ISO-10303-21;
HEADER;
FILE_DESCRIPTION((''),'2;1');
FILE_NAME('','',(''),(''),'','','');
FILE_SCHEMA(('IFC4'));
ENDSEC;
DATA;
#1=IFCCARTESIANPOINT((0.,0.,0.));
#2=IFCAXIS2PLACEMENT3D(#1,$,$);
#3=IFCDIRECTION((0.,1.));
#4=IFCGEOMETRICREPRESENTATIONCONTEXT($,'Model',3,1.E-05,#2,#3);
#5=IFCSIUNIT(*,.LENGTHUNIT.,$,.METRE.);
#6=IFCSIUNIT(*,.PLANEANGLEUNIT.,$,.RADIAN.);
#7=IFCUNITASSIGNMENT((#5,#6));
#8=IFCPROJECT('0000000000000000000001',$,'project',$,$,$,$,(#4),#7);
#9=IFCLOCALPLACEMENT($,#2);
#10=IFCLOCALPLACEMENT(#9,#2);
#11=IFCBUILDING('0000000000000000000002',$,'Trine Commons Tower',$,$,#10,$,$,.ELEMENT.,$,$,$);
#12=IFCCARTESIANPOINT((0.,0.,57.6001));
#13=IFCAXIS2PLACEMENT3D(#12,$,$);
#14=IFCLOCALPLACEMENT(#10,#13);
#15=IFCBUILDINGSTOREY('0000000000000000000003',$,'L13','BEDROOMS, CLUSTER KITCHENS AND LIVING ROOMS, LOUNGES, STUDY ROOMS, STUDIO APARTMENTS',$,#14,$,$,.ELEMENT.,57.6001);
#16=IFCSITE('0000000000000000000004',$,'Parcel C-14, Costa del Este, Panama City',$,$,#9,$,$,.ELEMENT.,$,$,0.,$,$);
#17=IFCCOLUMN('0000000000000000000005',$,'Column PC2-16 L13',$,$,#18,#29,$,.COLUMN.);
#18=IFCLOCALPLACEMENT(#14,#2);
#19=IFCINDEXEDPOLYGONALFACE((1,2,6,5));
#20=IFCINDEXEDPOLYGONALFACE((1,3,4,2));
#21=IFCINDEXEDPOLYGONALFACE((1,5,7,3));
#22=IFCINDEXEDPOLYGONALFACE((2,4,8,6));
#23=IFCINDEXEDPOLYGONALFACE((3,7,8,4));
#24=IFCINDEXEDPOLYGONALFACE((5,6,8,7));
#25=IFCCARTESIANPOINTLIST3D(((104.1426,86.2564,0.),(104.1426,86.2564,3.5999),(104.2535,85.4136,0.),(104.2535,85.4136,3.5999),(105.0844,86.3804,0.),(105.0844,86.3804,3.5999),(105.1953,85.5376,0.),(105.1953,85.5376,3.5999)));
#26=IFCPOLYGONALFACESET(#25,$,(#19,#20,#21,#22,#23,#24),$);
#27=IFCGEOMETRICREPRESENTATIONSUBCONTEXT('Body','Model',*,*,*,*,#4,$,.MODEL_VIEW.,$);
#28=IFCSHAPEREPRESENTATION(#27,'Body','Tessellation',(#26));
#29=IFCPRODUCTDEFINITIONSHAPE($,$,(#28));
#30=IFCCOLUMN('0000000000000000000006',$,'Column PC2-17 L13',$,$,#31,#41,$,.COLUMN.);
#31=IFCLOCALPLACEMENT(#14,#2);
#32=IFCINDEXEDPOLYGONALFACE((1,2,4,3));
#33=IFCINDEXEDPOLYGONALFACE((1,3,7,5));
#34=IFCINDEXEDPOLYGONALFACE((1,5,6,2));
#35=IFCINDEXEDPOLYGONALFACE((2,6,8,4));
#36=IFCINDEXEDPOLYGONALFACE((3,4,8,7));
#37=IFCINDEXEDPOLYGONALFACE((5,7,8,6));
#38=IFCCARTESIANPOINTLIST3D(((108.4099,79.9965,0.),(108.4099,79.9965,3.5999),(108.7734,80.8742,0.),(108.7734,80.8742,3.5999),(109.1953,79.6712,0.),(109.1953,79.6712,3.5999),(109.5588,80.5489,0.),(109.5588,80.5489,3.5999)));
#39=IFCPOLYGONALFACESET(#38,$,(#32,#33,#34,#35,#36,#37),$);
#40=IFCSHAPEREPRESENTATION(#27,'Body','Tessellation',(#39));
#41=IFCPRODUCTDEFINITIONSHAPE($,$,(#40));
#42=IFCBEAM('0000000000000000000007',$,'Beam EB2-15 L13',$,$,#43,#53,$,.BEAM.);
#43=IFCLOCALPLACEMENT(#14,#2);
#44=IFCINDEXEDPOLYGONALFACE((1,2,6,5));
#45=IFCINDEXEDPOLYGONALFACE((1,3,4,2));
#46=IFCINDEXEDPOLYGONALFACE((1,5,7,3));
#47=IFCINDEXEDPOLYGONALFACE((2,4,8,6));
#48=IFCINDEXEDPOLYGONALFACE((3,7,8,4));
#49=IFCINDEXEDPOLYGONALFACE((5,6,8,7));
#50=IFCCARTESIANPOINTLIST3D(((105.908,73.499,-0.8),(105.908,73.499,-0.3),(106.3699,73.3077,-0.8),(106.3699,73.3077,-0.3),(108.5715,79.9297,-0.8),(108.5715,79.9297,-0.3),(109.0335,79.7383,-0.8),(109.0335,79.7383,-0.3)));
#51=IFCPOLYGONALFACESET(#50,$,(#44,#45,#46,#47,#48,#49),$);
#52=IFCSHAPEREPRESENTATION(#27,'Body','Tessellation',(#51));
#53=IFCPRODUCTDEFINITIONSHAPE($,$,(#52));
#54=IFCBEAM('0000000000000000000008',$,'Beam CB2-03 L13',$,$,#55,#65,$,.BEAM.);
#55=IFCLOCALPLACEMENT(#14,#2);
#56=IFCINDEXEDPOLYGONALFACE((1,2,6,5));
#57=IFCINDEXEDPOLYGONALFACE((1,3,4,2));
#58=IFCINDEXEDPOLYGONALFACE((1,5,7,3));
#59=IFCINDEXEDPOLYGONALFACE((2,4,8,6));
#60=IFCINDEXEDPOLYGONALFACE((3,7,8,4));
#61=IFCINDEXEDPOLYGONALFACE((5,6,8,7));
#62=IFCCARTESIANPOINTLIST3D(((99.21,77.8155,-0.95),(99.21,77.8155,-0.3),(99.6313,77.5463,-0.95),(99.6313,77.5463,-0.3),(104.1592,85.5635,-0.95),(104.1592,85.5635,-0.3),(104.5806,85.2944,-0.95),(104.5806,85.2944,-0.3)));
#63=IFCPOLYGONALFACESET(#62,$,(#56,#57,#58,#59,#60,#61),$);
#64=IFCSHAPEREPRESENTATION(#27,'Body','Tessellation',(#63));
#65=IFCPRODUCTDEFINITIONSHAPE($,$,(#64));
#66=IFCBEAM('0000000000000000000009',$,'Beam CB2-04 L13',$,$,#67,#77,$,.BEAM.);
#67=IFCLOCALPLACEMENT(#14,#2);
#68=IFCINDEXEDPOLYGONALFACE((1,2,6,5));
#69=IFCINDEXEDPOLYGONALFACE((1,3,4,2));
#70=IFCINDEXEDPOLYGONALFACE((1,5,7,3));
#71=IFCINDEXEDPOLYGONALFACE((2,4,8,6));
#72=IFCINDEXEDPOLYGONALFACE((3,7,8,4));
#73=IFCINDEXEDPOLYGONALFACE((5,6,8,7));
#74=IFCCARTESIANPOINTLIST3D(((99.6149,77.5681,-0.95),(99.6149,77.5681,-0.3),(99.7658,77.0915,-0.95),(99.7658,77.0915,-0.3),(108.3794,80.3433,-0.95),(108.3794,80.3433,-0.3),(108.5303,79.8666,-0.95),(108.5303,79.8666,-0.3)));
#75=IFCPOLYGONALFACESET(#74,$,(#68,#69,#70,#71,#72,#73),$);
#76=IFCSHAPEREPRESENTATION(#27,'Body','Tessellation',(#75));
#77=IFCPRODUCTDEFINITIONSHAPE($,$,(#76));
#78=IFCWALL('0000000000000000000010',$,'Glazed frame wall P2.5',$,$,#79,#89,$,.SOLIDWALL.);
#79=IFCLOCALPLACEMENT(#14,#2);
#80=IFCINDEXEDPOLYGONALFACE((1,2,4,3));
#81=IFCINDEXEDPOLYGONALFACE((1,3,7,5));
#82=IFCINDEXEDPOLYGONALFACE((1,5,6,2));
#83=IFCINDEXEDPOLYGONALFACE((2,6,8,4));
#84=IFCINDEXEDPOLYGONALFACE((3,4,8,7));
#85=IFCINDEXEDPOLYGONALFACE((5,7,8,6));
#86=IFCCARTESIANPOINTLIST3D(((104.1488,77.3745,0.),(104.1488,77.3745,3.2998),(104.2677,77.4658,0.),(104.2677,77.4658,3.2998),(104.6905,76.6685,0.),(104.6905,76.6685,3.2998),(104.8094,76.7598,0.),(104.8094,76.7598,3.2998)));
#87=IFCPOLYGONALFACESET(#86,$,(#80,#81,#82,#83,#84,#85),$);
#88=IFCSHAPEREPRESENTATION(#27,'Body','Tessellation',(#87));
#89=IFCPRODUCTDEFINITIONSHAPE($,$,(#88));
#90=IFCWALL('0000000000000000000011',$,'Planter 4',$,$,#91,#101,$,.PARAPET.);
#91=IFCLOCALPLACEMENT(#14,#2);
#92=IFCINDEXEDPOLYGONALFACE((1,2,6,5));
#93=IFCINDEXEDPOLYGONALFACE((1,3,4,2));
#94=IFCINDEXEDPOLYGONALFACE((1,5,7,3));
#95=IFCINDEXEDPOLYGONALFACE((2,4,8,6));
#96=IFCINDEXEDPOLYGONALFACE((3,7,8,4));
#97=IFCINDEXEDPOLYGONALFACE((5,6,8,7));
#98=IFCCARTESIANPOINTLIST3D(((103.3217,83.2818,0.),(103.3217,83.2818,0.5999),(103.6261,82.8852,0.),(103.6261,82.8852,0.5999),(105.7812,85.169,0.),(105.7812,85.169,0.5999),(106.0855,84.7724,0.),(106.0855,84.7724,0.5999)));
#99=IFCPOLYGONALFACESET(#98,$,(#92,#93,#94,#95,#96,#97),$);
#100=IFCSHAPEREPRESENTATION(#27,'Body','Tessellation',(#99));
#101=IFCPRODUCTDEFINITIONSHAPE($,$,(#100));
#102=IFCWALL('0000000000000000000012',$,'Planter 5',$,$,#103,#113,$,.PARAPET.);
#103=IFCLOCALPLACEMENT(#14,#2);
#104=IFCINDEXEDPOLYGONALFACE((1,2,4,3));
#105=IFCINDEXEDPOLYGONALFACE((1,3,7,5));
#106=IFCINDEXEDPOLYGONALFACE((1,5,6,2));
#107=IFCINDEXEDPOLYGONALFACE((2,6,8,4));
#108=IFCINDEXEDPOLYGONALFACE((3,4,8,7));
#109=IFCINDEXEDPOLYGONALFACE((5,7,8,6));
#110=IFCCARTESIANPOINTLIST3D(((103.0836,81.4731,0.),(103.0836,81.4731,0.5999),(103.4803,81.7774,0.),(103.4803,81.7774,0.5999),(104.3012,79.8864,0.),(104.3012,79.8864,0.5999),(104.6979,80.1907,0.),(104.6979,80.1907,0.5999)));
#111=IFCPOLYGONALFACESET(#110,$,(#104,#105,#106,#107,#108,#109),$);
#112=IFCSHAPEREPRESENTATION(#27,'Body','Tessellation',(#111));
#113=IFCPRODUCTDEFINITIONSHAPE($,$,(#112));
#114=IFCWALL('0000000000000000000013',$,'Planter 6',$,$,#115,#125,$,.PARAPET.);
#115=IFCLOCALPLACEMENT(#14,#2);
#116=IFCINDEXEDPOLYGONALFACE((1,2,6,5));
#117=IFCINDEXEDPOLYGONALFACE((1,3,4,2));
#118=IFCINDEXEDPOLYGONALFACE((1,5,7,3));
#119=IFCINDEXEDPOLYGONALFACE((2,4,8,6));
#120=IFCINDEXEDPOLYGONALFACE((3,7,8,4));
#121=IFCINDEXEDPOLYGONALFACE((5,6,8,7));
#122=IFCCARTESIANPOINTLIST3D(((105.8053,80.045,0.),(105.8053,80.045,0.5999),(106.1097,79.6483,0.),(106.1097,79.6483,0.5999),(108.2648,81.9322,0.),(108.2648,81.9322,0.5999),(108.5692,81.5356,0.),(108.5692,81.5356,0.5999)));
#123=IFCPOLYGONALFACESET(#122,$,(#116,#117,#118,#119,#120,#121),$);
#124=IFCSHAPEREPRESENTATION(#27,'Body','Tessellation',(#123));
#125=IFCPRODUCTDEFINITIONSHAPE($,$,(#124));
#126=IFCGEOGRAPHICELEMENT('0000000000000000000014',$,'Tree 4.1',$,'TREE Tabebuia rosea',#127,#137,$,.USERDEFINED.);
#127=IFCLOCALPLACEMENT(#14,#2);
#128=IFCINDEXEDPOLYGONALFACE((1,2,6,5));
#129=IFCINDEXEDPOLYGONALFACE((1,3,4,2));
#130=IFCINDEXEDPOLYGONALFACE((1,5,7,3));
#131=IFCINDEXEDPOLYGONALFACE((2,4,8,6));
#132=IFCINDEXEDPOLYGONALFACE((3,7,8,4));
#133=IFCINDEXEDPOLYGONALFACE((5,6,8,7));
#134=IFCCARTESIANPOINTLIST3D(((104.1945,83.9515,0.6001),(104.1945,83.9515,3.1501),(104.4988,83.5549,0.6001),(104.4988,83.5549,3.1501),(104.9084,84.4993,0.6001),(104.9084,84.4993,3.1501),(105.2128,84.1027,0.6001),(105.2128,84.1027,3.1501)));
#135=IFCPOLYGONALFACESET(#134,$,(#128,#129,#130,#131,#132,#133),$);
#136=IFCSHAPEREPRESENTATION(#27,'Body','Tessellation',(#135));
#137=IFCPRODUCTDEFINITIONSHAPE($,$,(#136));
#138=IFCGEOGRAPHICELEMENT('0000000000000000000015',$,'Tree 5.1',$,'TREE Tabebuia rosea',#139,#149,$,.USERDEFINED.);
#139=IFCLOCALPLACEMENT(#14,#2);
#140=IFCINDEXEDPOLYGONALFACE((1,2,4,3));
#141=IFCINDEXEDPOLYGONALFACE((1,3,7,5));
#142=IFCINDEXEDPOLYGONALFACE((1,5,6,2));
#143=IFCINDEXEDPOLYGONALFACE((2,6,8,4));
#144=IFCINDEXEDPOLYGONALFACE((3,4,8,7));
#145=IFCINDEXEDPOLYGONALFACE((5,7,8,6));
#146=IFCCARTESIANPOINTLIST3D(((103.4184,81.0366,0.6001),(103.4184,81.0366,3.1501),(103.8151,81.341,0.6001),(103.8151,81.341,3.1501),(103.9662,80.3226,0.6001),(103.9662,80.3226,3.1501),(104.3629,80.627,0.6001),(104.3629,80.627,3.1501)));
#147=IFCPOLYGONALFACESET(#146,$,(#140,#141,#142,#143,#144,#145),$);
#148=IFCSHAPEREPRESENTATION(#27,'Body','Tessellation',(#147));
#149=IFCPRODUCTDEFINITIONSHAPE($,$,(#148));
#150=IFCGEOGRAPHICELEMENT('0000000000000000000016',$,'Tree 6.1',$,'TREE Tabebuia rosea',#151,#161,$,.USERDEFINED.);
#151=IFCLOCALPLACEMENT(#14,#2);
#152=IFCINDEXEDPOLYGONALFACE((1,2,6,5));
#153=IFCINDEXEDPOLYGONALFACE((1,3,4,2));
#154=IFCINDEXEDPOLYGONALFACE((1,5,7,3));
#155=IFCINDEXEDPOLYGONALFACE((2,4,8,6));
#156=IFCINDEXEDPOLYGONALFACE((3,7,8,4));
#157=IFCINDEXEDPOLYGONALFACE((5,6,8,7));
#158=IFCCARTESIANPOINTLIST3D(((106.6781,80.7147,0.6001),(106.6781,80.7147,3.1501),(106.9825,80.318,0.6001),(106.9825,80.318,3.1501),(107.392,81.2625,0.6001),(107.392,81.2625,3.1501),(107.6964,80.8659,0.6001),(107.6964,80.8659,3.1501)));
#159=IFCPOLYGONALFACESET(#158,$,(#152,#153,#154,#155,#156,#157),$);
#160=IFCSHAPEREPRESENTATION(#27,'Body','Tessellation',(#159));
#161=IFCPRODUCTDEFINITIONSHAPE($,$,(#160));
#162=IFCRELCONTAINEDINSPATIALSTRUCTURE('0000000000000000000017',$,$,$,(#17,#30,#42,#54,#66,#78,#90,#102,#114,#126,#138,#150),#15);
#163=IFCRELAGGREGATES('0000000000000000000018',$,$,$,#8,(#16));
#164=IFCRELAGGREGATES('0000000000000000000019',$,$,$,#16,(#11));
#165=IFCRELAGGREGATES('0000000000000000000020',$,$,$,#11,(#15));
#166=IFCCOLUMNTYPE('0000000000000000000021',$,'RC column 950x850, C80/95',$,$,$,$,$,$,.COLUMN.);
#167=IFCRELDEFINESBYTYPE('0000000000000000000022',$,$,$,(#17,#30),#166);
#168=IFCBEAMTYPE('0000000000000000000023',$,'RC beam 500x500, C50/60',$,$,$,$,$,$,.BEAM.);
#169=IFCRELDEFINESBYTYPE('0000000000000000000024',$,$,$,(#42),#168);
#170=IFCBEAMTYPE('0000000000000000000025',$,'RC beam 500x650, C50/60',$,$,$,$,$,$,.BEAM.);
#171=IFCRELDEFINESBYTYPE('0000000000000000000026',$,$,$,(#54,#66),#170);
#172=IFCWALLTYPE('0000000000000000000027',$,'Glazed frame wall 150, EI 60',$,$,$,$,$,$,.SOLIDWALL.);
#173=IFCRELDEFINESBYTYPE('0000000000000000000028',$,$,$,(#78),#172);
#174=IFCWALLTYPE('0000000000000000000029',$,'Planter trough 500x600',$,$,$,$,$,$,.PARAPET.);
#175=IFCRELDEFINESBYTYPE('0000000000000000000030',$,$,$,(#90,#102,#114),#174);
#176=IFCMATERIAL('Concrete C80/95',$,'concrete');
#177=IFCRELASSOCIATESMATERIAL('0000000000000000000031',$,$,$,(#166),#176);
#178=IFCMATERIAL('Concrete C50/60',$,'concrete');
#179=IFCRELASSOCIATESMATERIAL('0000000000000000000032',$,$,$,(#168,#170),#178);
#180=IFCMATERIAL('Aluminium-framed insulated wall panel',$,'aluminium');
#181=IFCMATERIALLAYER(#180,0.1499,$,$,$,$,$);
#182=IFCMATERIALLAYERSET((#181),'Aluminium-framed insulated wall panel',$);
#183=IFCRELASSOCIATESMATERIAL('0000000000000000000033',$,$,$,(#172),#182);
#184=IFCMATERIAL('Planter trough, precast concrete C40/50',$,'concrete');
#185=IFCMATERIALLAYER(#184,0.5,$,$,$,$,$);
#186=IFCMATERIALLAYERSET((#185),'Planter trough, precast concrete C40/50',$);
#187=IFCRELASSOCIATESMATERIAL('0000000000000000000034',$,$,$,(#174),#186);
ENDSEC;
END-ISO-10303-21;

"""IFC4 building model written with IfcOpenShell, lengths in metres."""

from ifc_helpers import new_model, si_unit, direction, frame, frame_2d, origin, origin_2d, place, context, subcontext, project, spatial, polyline, rectangle, outline, extrude, material, layer, layer_set, material_profile, profile_set, type_object, element, save


model = new_model("IFC4")

# Units and contexts
model_context = context("Model", 3, precision=1e-05, world=origin(), true_north=direction((0.0, 1.0)))
body_context = subcontext(model_context, "Body", "Model", "MODEL_VIEW")
ifc_project = project(units=[si_unit("LENGTHUNIT", "METRE"), si_unit("PLANEANGLEUNIT", "RADIAN")], contexts=[model_context])

# Site, building, storey
site_placement = place(None, origin())
site = spatial("IfcSite", under=ifc_project, at=site_placement, Name="Parcel C-14, Costa del Este, Panama City", CompositionType="ELEMENT", RefElevation=0.0)
building_placement = place(site_placement, origin())
building = spatial("IfcBuilding", under=site, at=building_placement, Name="Trine Commons Tower", CompositionType="ELEMENT")
storey_placement = place(building_placement, frame((0.0, 0.0, 57.6001)))
storey = spatial("IfcBuildingStorey", under=building, at=storey_placement, Name="L13", Description="BEDROOMS, CLUSTER KITCHENS AND LIVING ROOMS, LOUNGES, STUDY ROOMS, STUDIO APARTMENTS", CompositionType="ELEMENT", Elevation=57.6001)

# Columns
ifc_material_1 = material(Name="Concrete C80/95", Category="concrete")
ifc_material_profile_1 = material_profile(ifc_material_1, rectangle(XDim=0.95, YDim=0.8501, at=origin_2d()), Name="RC 950x850")
ifc_profile_set_1 = profile_set([ifc_material_profile_1], Name="Concrete C80/95")
column_type = type_object("IfcColumnType", Name="RC column 950x850, C80/95", PredefinedType="COLUMN", material=ifc_profile_set_1)
for number, where, z_axis, x_axis, name in (
    (1, (104.6689, 85.897, 0.0), (0.0, 0.0, 1.0), (0.991445, 0.130526, 0.0), "Column PC2-16 L13"),
    (2, (108.9844, 80.2727, 0.0), (0.0, 0.0, 1.0), (0.382683, 0.92388, 0.0), "Column PC2-17 L13"),
):
    element("IfcColumn", number, at=place(storey_placement, frame(where, z_axis=z_axis, x_axis=x_axis)), inside=storey, type_object=column_type, Name=name, PredefinedType="COLUMN", context=body_context, shape_type="SweptSolid", body=[
        extrude(rectangle(XDim=0.95, YDim=0.8501, at=origin_2d()), origin(), (0.0, 0.0, 1.0), 3.5999),
    ])

# Beams
ifc_material_2 = material(Name="Concrete C50/60", Category="concrete")
ifc_material_profile_2 = material_profile(ifc_material_2, rectangle(XDim=0.5, YDim=0.5, at=origin_2d()), Name="RC 500x500")
ifc_profile_set_2 = profile_set([ifc_material_profile_2], Name="Concrete C50/60")
beam_type_1 = type_object("IfcBeamType", Name="RC beam 500x500, C50/60", PredefinedType="BEAM", material=ifc_profile_set_2)
beam_1_placement = place(storey_placement, frame((108.8025, 79.834, -0.55), z_axis=(-0.382672, -0.923884, 0.0), x_axis=(0.923884, -0.382672, 0.0)))
element("IfcBeam", 3, at=beam_1_placement, inside=storey, type_object=beam_type_1, Name="Beam EB2-15 L13", PredefinedType="BEAM", context=body_context, shape_type="SweptSolid", body=[
    extrude(rectangle(XDim=0.5, YDim=0.5, at=origin_2d()), origin(), (0.0, 0.0, 1.0), 6.9604),
])
ifc_material_profile_3 = material_profile(ifc_material_2, rectangle(XDim=0.5, YDim=0.6499, at=origin_2d()), Name="RC 500x650")
ifc_profile_set_3 = profile_set([ifc_material_profile_3], Name="Concrete C50/60")
beam_type_2 = type_object("IfcBeamType", Name="RC beam 500x650, C50/60", PredefinedType="BEAM", material=ifc_profile_set_3)
beam_2_placement = place(storey_placement, frame((104.3699, 85.429, -0.625), z_axis=(-0.538318, -0.842742, 0.0), x_axis=(0.842742, -0.538318, 0.0)))
element("IfcBeam", 4, at=beam_2_placement, inside=storey, type_object=beam_type_2, Name="Beam CB2-03 L13", PredefinedType="BEAM", context=body_context, shape_type="SweptSolid", body=[
    extrude(rectangle(XDim=0.5, YDim=0.6499, at=origin_2d()), origin(), (0.0, 0.0, 1.0), 9.1938),
])
beam_3_placement = place(storey_placement, frame((108.4548, 80.105, -0.625), z_axis=(-0.95335, -0.301867, 0.0), x_axis=(0.301867, -0.95335, 0.0)))
element("IfcBeam", 5, at=beam_3_placement, inside=storey, type_object=beam_type_2, Name="Beam CB2-04 L13", PredefinedType="BEAM", context=body_context, shape_type="SweptSolid", body=[
    extrude(rectangle(XDim=0.5, YDim=0.6499, at=origin_2d()), origin(), (0.0, 0.0, 1.0), 9.1934),
])

# Wall
ifc_material_3 = material(Name="Aluminium-framed insulated wall panel", Category="aluminium")
ifc_layer_1 = layer(ifc_material_3, 0.1499)
ifc_layer_set_1 = layer_set([ifc_layer_1], Name="Aluminium-framed insulated wall panel")
wall_type_1 = type_object("IfcWallType", Name="Glazed frame wall 150, EI 60", PredefinedType="SOLIDWALL", material=ifc_layer_set_1)
wall_1_placement = place(storey_placement, frame((104.2083, 77.4202, 0.0), z_axis=(0.0, 0.0, 1.0), x_axis=(0.608754, -0.793359, 0.0)))
element("IfcWall", 6, at=wall_1_placement, inside=storey, type_object=wall_type_1, Name="Glazed frame wall P2.5", PredefinedType="SOLIDWALL", context=body_context, shape_type="SweptSolid", body=[
    extrude(outline(polyline([(0.8899, 0.075), (0.0, 0.075), (0.0, -0.075), (0.8899, -0.075), (0.8899, 0.075)])), origin(), (0.0, 0.0, 1.0), 3.2998),
])

# Walls
ifc_material_4 = material(Name="Planter trough, precast concrete C40/50", Category="concrete")
ifc_layer_2 = layer(ifc_material_4, 0.5)
ifc_layer_set_2 = layer_set([ifc_layer_2], Name="Planter trough, precast concrete C40/50")
wall_type_2 = type_object("IfcWallType", Name="Planter trough 500x600", PredefinedType="PARAPET", material=ifc_layer_set_2)
wall_2_placement = place(storey_placement, frame((105.9333, 84.9707, 0.0), z_axis=(0.0, 0.0, 1.0), x_axis=(-0.793355, -0.608759, 0.0)))
element("IfcWall", 7, at=wall_2_placement, inside=storey, type_object=wall_type_2, Name="Planter 4", PredefinedType="PARAPET", context=body_context, shape_type="SweptSolid", body=[
    extrude(rectangle(XDim=3.1001, YDim=0.5, at=frame_2d((1.55, 0.0))), origin(), (0.0, 0.0, 1.0), 0.5999),
])
wall_3_placement = place(storey_placement, frame((103.282, 81.6252, 0.0), z_axis=(0.0, 0.0, 1.0), x_axis=(0.608772, -0.793345, 0.0)))
element("IfcWall", 8, at=wall_3_placement, inside=storey, type_object=wall_type_2, Name="Planter 5", PredefinedType="PARAPET", context=body_context, shape_type="SweptSolid", body=[
    extrude(rectangle(XDim=2.0, YDim=0.5, at=frame_2d((1.0, 0.0))), origin(), (0.0, 0.0, 1.0), 0.5999),
])
wall_4_placement = place(storey_placement, frame((105.9575, 79.8467, 0.0), z_axis=(0.0, 0.0, 1.0), x_axis=(0.793355, 0.608759, 0.0)))
element("IfcWall", 9, at=wall_4_placement, inside=storey, type_object=wall_type_2, Name="Planter 6", PredefinedType="PARAPET", context=body_context, shape_type="SweptSolid", body=[
    extrude(rectangle(XDim=3.1001, YDim=0.5, at=frame_2d((1.55, 0.0))), origin(), (0.0, 0.0, 1.0), 0.5999),
])

# Geographic elements
for number, where, z_axis, x_axis, name in (
    (10, (104.7036, 84.0271, 0.6001), (0.0, 0.0, 1.0), (-0.793359, -0.608755, 0.0), "Tree 4.1"),
    (11, (103.8906, 80.8318, 0.6001), (0.0, 0.0, 1.0), (0.608735, -0.793374, 0.0), "Tree 5.1"),
    (12, (107.1873, 80.7903, 0.6001), (0.0, 0.0, 1.0), (0.793359, 0.608755, 0.0), "Tree 6.1"),
):
    element("IfcGeographicElement", number, at=place(storey_placement, frame(where, z_axis=z_axis, x_axis=x_axis)), inside=storey, Name=name, ObjectType="TREE Tabebuia rosea", PredefinedType="USERDEFINED", context=body_context, shape_type="SweptSolid", body=[
        extrude(rectangle(XDim=0.8999, YDim=0.5, at=origin_2d()), origin(), (0.0, 0.0, 1.0), 2.55),
    ])

save(model, "model.ifc")
